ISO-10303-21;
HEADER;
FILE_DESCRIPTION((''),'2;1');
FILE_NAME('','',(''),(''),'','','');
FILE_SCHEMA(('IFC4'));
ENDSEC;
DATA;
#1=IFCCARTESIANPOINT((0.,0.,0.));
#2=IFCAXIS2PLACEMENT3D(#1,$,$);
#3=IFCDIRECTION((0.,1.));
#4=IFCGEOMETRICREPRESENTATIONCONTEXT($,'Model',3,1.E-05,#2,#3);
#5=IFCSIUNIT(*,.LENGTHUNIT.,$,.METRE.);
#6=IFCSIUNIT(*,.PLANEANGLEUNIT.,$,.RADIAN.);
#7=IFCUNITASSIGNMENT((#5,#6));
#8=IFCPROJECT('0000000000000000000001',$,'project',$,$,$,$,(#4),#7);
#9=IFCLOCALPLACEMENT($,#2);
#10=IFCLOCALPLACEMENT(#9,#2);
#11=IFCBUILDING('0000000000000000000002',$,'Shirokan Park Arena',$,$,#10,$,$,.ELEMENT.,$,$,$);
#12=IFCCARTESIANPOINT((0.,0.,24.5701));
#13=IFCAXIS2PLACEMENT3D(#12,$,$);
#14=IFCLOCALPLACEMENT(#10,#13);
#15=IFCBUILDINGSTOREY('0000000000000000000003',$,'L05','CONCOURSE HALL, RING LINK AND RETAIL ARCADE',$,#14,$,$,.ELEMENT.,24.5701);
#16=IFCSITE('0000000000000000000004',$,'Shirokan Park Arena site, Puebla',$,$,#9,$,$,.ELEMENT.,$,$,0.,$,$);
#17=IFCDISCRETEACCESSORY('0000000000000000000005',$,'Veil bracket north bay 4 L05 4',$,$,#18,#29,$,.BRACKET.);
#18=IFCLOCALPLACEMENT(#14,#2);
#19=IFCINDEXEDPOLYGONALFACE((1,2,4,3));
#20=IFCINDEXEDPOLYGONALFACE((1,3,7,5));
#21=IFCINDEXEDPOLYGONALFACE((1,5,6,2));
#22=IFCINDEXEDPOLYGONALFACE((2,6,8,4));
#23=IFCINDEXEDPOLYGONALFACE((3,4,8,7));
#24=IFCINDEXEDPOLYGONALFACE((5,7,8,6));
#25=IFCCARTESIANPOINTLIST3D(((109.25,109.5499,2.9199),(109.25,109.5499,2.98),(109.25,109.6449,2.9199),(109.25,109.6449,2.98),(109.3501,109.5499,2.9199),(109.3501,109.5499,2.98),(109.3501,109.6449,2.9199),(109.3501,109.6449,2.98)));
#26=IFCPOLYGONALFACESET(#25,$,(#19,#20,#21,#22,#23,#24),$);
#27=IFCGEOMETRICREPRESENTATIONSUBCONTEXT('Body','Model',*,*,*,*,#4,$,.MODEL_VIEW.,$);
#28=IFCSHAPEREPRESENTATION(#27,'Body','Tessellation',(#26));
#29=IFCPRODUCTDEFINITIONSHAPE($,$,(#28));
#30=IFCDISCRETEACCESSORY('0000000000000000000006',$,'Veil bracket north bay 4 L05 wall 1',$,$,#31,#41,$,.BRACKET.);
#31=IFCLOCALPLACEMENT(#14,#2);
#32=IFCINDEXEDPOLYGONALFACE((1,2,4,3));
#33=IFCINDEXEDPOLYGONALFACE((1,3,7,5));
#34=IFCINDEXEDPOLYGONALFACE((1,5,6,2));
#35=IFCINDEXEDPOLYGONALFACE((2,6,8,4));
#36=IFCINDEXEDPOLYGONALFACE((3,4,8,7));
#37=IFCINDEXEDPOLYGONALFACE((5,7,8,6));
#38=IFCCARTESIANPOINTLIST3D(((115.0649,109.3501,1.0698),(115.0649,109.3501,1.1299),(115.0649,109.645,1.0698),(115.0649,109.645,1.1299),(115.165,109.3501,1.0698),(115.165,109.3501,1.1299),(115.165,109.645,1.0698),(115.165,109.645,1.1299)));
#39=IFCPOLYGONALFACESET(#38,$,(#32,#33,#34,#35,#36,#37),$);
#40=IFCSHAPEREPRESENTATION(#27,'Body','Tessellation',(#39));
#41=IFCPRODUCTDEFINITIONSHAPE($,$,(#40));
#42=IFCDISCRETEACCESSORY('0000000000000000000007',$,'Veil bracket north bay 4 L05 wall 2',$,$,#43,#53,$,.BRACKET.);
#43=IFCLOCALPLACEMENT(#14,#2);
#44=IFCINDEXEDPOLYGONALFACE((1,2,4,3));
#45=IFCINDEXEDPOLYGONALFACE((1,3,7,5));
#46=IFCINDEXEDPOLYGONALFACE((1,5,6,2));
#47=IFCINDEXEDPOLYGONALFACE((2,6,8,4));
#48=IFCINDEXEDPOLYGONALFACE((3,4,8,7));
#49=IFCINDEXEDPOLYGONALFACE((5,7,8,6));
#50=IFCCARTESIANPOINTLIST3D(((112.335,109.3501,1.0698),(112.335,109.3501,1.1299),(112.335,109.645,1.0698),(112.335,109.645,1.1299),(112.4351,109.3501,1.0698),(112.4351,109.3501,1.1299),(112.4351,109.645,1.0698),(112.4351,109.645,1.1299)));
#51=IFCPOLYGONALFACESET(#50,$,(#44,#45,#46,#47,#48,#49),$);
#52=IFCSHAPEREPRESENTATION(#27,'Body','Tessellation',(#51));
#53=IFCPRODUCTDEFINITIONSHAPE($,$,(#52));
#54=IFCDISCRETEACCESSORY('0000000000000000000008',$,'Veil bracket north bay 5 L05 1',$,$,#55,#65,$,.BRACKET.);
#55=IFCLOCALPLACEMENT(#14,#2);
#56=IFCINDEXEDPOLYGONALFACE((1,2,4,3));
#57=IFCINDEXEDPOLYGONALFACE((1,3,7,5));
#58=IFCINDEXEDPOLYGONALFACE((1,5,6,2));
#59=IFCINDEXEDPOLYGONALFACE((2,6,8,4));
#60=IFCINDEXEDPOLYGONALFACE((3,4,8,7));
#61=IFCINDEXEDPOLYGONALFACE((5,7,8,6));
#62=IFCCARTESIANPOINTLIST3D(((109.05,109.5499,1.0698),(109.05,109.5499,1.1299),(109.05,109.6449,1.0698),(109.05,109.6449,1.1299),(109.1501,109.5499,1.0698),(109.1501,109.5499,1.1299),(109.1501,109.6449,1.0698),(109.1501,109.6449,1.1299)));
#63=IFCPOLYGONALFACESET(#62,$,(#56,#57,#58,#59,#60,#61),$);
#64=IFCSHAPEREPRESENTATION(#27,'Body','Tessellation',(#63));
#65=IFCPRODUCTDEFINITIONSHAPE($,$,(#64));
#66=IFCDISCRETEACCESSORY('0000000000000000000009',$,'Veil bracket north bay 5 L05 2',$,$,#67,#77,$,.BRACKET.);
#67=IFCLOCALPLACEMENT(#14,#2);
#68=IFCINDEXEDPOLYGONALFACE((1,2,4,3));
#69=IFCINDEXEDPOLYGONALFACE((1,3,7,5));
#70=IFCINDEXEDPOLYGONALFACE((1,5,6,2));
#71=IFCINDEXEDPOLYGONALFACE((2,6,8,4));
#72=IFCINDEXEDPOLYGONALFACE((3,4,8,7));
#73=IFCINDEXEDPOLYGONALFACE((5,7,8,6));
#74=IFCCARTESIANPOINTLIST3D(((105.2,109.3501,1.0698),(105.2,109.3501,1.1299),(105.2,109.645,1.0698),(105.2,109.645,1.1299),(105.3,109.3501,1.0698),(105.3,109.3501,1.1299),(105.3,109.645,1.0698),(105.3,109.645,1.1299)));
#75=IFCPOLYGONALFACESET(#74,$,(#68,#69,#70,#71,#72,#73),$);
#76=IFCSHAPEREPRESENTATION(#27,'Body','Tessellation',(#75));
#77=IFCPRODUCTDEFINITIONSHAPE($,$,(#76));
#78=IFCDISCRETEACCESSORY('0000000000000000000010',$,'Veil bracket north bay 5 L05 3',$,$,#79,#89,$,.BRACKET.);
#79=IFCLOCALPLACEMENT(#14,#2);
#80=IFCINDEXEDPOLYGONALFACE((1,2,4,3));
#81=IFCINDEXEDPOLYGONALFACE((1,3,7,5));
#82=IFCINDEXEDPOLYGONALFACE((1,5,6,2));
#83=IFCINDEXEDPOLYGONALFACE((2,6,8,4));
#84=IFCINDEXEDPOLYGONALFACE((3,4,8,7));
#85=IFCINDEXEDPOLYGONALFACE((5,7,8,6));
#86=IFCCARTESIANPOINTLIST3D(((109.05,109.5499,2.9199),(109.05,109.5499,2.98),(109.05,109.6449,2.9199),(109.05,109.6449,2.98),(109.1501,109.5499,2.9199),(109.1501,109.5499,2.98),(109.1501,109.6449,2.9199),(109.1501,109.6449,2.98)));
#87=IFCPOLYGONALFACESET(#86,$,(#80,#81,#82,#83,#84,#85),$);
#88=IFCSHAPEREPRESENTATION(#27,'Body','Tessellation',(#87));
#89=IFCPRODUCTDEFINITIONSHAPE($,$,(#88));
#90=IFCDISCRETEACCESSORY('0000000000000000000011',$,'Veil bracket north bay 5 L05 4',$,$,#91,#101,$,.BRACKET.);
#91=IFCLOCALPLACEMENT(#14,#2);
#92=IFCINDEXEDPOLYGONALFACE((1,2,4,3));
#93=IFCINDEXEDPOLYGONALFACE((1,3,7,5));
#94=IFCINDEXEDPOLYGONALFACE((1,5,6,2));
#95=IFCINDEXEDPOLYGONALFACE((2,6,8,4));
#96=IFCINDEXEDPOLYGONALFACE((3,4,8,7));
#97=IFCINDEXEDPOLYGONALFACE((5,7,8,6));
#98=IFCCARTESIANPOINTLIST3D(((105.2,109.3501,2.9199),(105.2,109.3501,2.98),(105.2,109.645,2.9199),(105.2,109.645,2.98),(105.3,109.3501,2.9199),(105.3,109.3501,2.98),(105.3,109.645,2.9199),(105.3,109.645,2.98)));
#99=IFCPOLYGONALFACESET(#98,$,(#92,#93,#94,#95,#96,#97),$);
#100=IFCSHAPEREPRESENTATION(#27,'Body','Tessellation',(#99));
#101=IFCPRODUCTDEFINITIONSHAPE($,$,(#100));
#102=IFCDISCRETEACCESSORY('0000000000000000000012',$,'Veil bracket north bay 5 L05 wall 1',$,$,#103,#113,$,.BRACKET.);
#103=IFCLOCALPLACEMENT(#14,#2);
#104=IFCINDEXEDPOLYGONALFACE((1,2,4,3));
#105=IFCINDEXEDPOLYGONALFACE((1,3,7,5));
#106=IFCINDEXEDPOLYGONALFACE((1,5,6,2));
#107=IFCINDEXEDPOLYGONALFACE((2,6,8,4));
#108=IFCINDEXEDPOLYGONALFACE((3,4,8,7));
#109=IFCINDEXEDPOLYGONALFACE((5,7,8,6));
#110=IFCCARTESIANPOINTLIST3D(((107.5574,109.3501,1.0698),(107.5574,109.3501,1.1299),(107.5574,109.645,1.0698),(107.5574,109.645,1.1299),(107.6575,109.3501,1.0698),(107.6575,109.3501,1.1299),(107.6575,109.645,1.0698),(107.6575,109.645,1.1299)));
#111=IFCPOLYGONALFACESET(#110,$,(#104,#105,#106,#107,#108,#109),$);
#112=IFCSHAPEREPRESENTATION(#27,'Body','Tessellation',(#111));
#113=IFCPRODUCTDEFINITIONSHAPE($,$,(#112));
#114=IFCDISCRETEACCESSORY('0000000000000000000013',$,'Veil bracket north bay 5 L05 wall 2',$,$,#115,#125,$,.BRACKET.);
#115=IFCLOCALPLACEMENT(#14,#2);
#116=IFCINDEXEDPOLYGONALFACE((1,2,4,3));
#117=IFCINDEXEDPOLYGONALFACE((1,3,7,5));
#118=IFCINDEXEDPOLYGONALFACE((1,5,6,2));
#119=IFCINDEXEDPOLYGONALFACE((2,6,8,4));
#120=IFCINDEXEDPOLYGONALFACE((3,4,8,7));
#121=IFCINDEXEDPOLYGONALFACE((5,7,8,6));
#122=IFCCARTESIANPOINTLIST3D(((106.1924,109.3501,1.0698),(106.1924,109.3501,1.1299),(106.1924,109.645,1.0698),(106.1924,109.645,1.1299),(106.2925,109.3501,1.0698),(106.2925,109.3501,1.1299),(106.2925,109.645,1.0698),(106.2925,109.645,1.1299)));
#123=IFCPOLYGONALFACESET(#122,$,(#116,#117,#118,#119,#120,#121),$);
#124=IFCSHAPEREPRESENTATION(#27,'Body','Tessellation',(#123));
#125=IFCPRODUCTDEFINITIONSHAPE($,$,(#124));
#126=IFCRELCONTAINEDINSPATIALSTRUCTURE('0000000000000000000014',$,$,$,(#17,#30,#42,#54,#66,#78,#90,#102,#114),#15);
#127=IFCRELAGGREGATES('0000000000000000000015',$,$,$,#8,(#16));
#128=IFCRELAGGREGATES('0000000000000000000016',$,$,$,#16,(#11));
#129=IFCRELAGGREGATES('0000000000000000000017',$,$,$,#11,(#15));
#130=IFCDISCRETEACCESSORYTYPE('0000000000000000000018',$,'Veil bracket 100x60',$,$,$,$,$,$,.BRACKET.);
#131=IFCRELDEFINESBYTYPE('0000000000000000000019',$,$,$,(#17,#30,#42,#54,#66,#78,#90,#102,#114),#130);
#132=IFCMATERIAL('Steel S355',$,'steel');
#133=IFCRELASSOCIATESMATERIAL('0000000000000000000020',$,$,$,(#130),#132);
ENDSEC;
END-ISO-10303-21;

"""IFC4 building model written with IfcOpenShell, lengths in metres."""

from ifc_helpers import new_model, si_unit, direction, frame, origin, origin_2d, place, context, subcontext, project, spatial, rectangle, extrude, material, type_object, element, save


model = new_model("IFC4")

# Units and contexts
model_context = context("Model", 3, precision=1e-05, world=origin(), true_north=direction((0.0, 1.0)))
body_context = subcontext(model_context, "Body", "Model", "MODEL_VIEW")
ifc_project = project(units=[si_unit("LENGTHUNIT", "METRE"), si_unit("PLANEANGLEUNIT", "RADIAN")], contexts=[model_context])

# Site, building, storey
site_placement = place(None, origin())
site = spatial("IfcSite", under=ifc_project, at=site_placement, Name="Shirokan Park Arena site, Puebla", CompositionType="ELEMENT", RefElevation=0.0)
building_placement = place(site_placement, origin())
building = spatial("IfcBuilding", under=site, at=building_placement, Name="Shirokan Park Arena", CompositionType="ELEMENT")
storey_placement = place(building_placement, frame((0.0, 0.0, 24.5701)))
storey = spatial("IfcBuildingStorey", under=building, at=storey_placement, Name="L05", Description="CONCOURSE HALL, RING LINK AND RETAIL ARCADE", CompositionType="ELEMENT", Elevation=24.5701)

# Shared definitions
ifc_material_1 = material(Name="Steel S355", Category="steel")

# Discrete accessories
discrete_accessory_type = type_object("IfcDiscreteAccessoryType", Name="Veil bracket 100x60", PredefinedType="BRACKET", material=ifc_material_1)
for number, where, z_axis, x_axis, name in (
    (1, (109.3, 109.5974, 2.9199), (0.0, 0.0, 1.0), (-1.0, 0.0, 0.0), "Veil bracket north bay 4 L05 4"),
):
    element("IfcDiscreteAccessory", number, at=place(storey_placement, frame(where, z_axis=z_axis, x_axis=x_axis)), inside=storey, type_object=discrete_accessory_type, Name=name, PredefinedType="BRACKET", context=body_context, shape_type="SweptSolid", body=[
        extrude(rectangle(XDim=0.1001, YDim=0.095, at=origin_2d()), origin(), (0.0, 0.0, 1.0), 0.0601),
    ])
for number, where, z_axis, x_axis, name in (
    (2, (115.115, 109.4976, 1.0698), (0.0, 0.0, 1.0), (-1.0, 0.0, 0.0), "Veil bracket north bay 4 L05 wall 1"),
    (3, (112.385, 109.4976, 1.0698), (0.0, 0.0, 1.0), (-1.0, 0.0, 0.0), "Veil bracket north bay 4 L05 wall 2"),
):
    element("IfcDiscreteAccessory", number, at=place(storey_placement, frame(where, z_axis=z_axis, x_axis=x_axis)), inside=storey, type_object=discrete_accessory_type, Name=name, PredefinedType="BRACKET", context=body_context, shape_type="SweptSolid", body=[
        extrude(rectangle(XDim=0.1001, YDim=0.2949, at=origin_2d()), origin(), (0.0, 0.0, 1.0), 0.0601),
    ])
discrete_accessory_1_placement = place(storey_placement, frame((109.1001, 109.5974, 1.0698), z_axis=(0.0, 0.0, 1.0), x_axis=(-1.0, 0.0, 0.0)))
element("IfcDiscreteAccessory", 4, at=discrete_accessory_1_placement, inside=storey, type_object=discrete_accessory_type, Name="Veil bracket north bay 5 L05 1", PredefinedType="BRACKET", context=body_context, shape_type="SweptSolid", body=[
    extrude(rectangle(XDim=0.1001, YDim=0.095, at=origin_2d()), origin(), (0.0, 0.0, 1.0), 0.0601),
])
discrete_accessory_2_placement = place(storey_placement, frame((105.25, 109.4976, 1.0698), z_axis=(0.0, 0.0, 1.0), x_axis=(-1.0, 0.0, 0.0)))
element("IfcDiscreteAccessory", 5, at=discrete_accessory_2_placement, inside=storey, type_object=discrete_accessory_type, Name="Veil bracket north bay 5 L05 2", PredefinedType="BRACKET", context=body_context, shape_type="SweptSolid", body=[
    extrude(rectangle(XDim=0.1001, YDim=0.2949, at=origin_2d()), origin(), (0.0, 0.0, 1.0), 0.0601),
])
discrete_accessory_3_placement = place(storey_placement, frame((109.1001, 109.5974, 2.9199), z_axis=(0.0, 0.0, 1.0), x_axis=(-1.0, 0.0, 0.0)))
element("IfcDiscreteAccessory", 6, at=discrete_accessory_3_placement, inside=storey, type_object=discrete_accessory_type, Name="Veil bracket north bay 5 L05 3", PredefinedType="BRACKET", context=body_context, shape_type="SweptSolid", body=[
    extrude(rectangle(XDim=0.1001, YDim=0.095, at=origin_2d()), origin(), (0.0, 0.0, 1.0), 0.0601),
])
for number, where, z_axis, x_axis, name in (
    (7, (105.25, 109.4976, 2.9199), (0.0, 0.0, 1.0), (-1.0, 0.0, 0.0), "Veil bracket north bay 5 L05 4"),
    (8, (107.6074, 109.4976, 1.0698), (0.0, 0.0, 1.0), (-1.0, 0.0, 0.0), "Veil bracket north bay 5 L05 wall 1"),
    (9, (106.2424, 109.4976, 1.0698), (0.0, 0.0, 1.0), (-1.0, 0.0, 0.0), "Veil bracket north bay 5 L05 wall 2"),
):
    element("IfcDiscreteAccessory", number, at=place(storey_placement, frame(where, z_axis=z_axis, x_axis=x_axis)), inside=storey, type_object=discrete_accessory_type, Name=name, PredefinedType="BRACKET", context=body_context, shape_type="SweptSolid", body=[
        extrude(rectangle(XDim=0.1001, YDim=0.2949, at=origin_2d()), origin(), (0.0, 0.0, 1.0), 0.0601),
    ])

save(model, "model.ifc")
